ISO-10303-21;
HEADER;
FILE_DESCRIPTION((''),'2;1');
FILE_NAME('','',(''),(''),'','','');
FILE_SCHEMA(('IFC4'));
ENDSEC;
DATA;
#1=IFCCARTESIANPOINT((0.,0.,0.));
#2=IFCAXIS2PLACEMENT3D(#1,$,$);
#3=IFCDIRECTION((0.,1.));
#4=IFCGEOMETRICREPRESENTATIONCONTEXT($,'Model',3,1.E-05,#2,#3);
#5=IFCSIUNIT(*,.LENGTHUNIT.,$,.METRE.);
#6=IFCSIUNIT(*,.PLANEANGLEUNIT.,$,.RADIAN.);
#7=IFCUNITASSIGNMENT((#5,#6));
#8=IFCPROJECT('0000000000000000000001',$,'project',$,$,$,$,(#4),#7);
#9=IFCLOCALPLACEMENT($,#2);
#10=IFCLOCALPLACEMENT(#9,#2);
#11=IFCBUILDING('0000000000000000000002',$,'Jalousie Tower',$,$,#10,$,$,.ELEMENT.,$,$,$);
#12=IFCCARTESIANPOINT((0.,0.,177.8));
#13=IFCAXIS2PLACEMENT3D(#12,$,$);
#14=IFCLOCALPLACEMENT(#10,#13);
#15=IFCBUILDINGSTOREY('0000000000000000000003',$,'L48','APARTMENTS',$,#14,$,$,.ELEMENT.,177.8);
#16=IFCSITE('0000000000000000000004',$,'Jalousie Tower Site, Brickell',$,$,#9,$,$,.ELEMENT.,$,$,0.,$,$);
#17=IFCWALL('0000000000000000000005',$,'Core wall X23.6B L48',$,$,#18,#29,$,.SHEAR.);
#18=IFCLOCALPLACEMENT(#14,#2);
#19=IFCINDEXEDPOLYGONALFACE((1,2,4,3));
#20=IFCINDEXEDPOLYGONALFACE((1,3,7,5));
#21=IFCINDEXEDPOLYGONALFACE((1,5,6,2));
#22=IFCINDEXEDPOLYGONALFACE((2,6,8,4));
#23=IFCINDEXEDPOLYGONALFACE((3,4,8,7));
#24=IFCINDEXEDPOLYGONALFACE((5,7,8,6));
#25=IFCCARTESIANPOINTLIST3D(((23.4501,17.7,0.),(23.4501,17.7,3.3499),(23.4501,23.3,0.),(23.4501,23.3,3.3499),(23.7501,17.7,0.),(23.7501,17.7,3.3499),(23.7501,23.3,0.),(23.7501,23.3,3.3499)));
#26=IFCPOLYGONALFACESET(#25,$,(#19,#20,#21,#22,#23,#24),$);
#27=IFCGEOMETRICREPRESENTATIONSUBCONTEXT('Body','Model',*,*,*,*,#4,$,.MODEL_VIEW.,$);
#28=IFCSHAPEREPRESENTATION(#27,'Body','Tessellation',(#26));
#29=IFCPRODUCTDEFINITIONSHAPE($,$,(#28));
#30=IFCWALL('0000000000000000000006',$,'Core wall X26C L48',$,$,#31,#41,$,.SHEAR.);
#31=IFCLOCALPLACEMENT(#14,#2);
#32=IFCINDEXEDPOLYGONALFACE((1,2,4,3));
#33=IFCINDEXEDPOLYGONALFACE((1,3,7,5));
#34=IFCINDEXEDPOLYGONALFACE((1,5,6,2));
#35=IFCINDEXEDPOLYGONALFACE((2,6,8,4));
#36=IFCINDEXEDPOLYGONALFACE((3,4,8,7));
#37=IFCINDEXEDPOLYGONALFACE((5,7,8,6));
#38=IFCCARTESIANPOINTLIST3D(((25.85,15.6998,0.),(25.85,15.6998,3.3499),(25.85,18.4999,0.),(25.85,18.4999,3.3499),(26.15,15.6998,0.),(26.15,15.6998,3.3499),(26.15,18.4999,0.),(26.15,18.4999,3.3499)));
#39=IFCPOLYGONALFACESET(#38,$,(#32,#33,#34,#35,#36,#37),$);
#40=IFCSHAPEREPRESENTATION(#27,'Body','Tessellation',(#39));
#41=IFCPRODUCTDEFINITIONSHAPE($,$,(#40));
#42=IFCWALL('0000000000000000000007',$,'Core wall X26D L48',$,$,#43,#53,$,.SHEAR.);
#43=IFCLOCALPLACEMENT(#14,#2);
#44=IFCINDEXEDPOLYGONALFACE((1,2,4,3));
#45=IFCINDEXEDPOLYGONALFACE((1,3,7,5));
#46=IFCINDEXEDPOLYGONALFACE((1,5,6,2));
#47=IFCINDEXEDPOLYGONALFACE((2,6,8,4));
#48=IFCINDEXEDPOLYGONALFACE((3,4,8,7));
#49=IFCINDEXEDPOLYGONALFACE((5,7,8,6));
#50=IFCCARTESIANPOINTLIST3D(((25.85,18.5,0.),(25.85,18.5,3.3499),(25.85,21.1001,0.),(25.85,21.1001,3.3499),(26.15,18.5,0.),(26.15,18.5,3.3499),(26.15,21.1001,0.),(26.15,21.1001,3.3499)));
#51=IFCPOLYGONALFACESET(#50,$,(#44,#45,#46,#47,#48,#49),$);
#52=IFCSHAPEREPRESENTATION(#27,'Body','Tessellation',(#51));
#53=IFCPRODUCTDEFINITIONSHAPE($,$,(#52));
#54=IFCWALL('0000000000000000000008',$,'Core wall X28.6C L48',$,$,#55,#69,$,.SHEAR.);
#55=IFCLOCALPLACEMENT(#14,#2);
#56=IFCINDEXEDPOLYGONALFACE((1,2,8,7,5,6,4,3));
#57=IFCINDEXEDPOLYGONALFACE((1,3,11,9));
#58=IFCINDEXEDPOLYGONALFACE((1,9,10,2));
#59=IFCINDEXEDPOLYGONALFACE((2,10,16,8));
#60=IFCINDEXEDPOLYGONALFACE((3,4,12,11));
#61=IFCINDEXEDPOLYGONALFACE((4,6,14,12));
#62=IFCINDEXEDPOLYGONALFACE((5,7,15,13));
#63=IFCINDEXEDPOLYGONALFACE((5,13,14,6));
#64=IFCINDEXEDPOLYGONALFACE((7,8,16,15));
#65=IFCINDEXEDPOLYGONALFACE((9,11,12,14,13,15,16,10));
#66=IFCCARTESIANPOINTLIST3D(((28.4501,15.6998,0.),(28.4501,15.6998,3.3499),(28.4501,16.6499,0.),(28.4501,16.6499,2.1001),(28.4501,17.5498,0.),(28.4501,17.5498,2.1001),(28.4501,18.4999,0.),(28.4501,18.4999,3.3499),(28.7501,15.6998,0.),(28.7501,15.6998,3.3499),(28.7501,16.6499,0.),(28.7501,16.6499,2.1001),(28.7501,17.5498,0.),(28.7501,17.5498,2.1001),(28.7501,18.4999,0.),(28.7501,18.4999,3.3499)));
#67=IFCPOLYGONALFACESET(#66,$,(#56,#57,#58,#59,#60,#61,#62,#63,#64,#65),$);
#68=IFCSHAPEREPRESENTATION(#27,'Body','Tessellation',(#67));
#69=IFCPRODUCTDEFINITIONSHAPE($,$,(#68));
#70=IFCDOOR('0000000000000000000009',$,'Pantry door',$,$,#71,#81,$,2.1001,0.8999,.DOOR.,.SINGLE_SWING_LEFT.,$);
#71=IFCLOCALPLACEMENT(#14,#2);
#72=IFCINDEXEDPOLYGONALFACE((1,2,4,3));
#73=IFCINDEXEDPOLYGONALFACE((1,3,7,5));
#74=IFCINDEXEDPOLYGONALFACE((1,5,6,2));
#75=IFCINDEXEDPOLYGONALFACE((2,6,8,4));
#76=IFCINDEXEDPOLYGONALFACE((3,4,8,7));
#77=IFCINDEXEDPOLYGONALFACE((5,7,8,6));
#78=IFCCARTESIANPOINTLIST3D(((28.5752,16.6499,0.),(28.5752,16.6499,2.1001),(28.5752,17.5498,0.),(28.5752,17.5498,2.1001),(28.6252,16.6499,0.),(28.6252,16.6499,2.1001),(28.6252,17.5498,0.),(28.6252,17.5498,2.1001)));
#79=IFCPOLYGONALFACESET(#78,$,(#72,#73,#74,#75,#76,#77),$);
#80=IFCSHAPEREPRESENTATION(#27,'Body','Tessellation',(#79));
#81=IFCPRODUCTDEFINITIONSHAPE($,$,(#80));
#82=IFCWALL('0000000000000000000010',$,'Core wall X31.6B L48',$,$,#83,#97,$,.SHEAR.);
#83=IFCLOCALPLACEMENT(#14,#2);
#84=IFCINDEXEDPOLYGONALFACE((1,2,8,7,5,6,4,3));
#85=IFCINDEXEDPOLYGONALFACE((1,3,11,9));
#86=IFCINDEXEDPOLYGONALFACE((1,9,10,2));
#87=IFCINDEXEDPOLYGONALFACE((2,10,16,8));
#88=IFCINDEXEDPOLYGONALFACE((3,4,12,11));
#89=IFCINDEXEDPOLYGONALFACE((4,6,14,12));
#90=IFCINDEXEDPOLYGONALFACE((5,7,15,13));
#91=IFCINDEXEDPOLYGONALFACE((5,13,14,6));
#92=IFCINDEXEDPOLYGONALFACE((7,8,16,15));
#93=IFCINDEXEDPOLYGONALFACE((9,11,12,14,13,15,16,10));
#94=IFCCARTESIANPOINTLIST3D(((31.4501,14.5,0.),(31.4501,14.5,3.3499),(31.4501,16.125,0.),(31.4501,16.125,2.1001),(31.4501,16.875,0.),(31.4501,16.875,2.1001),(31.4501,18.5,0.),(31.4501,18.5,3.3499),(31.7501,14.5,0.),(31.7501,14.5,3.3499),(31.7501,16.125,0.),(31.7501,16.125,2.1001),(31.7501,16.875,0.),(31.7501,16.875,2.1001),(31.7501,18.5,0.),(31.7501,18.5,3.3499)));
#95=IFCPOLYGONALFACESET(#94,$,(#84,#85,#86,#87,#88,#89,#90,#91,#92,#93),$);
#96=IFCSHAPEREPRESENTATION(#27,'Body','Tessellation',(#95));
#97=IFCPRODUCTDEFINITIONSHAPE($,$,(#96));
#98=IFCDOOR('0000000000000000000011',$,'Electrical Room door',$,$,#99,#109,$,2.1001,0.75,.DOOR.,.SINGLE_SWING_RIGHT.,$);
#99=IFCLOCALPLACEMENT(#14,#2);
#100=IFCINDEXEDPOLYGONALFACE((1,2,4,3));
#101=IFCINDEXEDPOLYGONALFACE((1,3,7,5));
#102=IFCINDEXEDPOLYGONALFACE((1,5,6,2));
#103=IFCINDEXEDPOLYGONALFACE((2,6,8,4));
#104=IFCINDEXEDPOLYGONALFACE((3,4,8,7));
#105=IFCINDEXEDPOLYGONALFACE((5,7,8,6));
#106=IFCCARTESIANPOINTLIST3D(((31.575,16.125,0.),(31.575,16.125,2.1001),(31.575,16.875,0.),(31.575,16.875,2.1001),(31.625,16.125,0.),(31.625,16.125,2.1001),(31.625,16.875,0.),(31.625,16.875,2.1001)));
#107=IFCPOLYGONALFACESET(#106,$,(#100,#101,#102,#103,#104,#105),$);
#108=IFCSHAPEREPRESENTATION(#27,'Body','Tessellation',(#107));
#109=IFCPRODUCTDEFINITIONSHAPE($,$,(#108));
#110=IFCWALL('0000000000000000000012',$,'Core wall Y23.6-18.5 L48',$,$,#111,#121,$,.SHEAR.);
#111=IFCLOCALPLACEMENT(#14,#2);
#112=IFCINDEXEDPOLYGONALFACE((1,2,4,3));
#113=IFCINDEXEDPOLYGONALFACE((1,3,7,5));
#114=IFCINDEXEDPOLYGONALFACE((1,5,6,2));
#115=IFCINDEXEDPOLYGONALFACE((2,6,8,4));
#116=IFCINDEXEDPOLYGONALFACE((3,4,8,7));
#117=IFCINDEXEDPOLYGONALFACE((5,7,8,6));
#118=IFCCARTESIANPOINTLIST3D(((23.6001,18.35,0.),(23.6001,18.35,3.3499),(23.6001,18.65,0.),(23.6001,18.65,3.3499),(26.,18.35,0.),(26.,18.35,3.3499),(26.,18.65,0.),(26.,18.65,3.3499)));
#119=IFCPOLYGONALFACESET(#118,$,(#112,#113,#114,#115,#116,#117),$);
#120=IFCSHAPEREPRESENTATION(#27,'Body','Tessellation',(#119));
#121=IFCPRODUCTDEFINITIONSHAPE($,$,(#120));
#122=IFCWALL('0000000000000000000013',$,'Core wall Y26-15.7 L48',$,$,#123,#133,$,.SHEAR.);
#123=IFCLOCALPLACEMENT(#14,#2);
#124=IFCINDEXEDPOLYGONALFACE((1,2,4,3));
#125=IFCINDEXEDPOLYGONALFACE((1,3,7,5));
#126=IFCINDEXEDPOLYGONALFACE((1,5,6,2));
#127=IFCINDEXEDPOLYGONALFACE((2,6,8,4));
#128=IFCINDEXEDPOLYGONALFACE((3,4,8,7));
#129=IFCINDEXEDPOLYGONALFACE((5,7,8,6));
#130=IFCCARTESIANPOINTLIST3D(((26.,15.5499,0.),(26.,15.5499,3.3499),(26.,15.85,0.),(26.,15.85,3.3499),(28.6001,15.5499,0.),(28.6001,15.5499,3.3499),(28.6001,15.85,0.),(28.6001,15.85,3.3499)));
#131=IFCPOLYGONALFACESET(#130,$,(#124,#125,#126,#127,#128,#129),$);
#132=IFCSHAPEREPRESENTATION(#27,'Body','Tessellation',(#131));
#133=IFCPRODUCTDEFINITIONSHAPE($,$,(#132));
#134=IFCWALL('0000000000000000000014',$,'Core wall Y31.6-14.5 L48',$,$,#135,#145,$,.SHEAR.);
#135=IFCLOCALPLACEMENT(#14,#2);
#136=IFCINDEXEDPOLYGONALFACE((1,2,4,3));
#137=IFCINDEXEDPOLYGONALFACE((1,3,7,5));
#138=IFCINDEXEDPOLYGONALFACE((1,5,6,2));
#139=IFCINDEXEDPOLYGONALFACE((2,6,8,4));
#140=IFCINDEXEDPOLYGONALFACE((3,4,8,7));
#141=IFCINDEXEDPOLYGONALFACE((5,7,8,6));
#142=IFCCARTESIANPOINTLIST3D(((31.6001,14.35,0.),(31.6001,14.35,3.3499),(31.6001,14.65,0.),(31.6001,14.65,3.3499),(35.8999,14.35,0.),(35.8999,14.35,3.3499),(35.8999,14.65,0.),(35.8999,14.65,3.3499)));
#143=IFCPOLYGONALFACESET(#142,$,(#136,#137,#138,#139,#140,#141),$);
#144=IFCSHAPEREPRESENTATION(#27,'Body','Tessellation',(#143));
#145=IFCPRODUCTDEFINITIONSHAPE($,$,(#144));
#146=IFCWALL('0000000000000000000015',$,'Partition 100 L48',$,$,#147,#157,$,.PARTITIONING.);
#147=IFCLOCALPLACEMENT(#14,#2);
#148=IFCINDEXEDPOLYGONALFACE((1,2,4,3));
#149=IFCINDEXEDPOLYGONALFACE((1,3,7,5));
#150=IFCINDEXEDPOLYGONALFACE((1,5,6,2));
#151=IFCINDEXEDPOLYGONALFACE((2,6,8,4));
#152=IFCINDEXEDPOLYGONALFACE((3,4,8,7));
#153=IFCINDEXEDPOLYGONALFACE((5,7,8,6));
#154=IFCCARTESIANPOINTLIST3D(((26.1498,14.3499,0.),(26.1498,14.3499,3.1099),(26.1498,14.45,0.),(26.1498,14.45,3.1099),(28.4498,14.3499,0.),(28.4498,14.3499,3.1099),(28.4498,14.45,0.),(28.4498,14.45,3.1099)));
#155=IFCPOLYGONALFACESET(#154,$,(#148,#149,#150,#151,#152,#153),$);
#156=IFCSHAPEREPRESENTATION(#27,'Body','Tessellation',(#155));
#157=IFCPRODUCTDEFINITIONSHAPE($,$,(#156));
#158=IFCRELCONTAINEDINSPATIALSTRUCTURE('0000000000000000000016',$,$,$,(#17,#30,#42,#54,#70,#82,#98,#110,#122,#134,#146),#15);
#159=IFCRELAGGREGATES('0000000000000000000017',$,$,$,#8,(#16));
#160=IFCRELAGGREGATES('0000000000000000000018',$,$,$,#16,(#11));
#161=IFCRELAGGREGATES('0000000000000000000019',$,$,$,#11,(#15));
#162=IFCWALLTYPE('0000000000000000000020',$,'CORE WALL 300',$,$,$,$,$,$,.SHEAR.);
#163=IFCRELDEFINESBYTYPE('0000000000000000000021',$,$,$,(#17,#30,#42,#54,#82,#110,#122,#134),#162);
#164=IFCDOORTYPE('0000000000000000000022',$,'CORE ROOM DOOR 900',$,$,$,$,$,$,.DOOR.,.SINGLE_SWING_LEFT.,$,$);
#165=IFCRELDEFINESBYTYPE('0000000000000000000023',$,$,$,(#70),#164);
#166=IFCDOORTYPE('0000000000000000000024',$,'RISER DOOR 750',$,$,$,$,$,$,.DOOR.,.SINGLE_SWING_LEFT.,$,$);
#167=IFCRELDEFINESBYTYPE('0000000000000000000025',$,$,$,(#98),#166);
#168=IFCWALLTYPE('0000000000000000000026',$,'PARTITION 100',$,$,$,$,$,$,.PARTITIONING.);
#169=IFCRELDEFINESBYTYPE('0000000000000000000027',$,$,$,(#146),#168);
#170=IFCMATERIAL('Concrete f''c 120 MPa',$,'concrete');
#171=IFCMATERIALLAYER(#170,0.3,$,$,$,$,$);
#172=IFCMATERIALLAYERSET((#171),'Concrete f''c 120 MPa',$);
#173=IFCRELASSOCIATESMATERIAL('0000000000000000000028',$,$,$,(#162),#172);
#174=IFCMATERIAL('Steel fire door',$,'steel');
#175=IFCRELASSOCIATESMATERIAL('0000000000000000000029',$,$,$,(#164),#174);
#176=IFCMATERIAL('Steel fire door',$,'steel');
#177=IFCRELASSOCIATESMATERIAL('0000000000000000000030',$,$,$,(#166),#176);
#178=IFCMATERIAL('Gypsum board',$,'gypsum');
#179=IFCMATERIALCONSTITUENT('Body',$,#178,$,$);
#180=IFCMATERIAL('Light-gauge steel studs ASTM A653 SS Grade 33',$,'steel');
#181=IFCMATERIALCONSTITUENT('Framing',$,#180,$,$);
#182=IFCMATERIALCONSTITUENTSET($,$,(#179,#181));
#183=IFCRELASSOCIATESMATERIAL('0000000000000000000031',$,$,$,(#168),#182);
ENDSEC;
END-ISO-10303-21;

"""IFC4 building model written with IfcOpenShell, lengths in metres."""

from ifc_helpers import new_model, si_unit, direction, frame, frame_2d, origin, place, context, subcontext, project, spatial, rectangle, extrude, material, layer, layer_set, constituent, constituent_set, type_object, element, fill, save


model = new_model("IFC4")

# Units and contexts
model_context = context("Model", 3, precision=1e-05, world=origin(), true_north=direction((0.0, 1.0)))
body_context = subcontext(model_context, "Body", "Model", "MODEL_VIEW")
ifc_project = project(units=[si_unit("LENGTHUNIT", "METRE"), si_unit("PLANEANGLEUNIT", "RADIAN")], contexts=[model_context])

# Site, building, storey
site_placement = place(None, origin())
site = spatial("IfcSite", under=ifc_project, at=site_placement, Name="Jalousie Tower Site, Brickell", CompositionType="ELEMENT", RefElevation=0.0)
building_placement = place(site_placement, origin())
building = spatial("IfcBuilding", under=site, at=building_placement, Name="Jalousie Tower", CompositionType="ELEMENT")
storey_placement = place(building_placement, frame((0.0, 0.0, 177.8)))
storey = spatial("IfcBuildingStorey", under=building, at=storey_placement, Name="L48", Description="APARTMENTS", CompositionType="ELEMENT", Elevation=177.8)

# Walls
ifc_material_1 = material(Name="Concrete f'c 120 MPa", Category="concrete")
ifc_layer = layer(ifc_material_1, 0.3)
ifc_layer_set = layer_set([ifc_layer], Name="Concrete f'c 120 MPa")
wall_type_1 = type_object("IfcWallType", Name="CORE WALL 300", PredefinedType="SHEAR", material=ifc_layer_set)
wall_1_placement = place(storey_placement, frame((23.6001, 17.7, 0.0), z_axis=(0.0, 0.0, 1.0), x_axis=(0.0, 1.0, 0.0)))
element("IfcWall", 1, at=wall_1_placement, inside=storey, type_object=wall_type_1, Name="Core wall X23.6B L48", PredefinedType="SHEAR", context=body_context, shape_type="SweptSolid", body=[
    extrude(rectangle(XDim=5.6001, YDim=0.3, at=frame_2d((2.8, 0.0))), origin(), (0.0, 0.0, 1.0), 3.3499),
])
wall_2_placement = place(storey_placement, frame((26.0, 15.7, 0.0), z_axis=(0.0, 0.0, 1.0), x_axis=(0.0, 1.0, 0.0)))
element("IfcWall", 2, at=wall_2_placement, inside=storey, type_object=wall_type_1, Name="Core wall X26C L48", PredefinedType="SHEAR", context=body_context, shape_type="SweptSolid", body=[
    extrude(rectangle(XDim=2.8, YDim=0.3, at=frame_2d((1.3999, 0.0))), origin(), (0.0, 0.0, 1.0), 3.3499),
])
wall_3_placement = place(storey_placement, frame((26.0, 18.5, 0.0), z_axis=(0.0, 0.0, 1.0), x_axis=(0.0, 1.0, 0.0)))
element("IfcWall", 3, at=wall_3_placement, inside=storey, type_object=wall_type_1, Name="Core wall X26D L48", PredefinedType="SHEAR", context=body_context, shape_type="SweptSolid", body=[
    extrude(rectangle(XDim=2.6001, YDim=0.3, at=frame_2d((1.3, 0.0))), origin(), (0.0, 0.0, 1.0), 3.3499),
])

# Walls, openings, doors
wall_4_placement = place(storey_placement, frame((28.6001, 15.7, 0.0), z_axis=(0.0, 0.0, 1.0), x_axis=(0.0, 1.0, 0.0)))
wall_4 = element("IfcWall", 4, at=wall_4_placement, inside=storey, type_object=wall_type_1, Name="Core wall X28.6C L48", PredefinedType="SHEAR", context=body_context, shape_type="SweptSolid", body=[
    extrude(rectangle(XDim=2.8, YDim=0.3, at=frame_2d((1.3999, 0.0))), origin(), (0.0, 0.0, 1.0), 3.3499),
])
opening_1_placement = place(wall_4_placement, frame((0.95, 0.0, 0.0)))
opening_1 = element("IfcOpeningElement", 5, at=opening_1_placement, cuts=wall_4, PredefinedType="OPENING", context=body_context, shape_type="SweptSolid", body=[
    extrude(rectangle(XDim=0.8999, YDim=2.1001, at=frame_2d((0.45, 1.05))), frame((0.0, 0.1599, 0.0), z_axis=(0.0, -1.0, 0.0), x_axis=(1.0, 0.0, 0.0)), (0.0, 0.0, 1.0), 0.3201),
])
ifc_material_2 = material(Name="Steel fire door", Category="steel")
door_type_1 = type_object("IfcDoorType", Name="CORE ROOM DOOR 900", OperationType="SINGLE_SWING_LEFT", PredefinedType="DOOR", material=ifc_material_2)
door_1_placement = place(opening_1_placement, origin())
door_1 = element("IfcDoor", 6, at=door_1_placement, inside=storey, type_object=door_type_1, Name="Pantry door", OperationType="SINGLE_SWING_LEFT", OverallHeight=2.1001, OverallWidth=0.8999, PredefinedType="DOOR", context=body_context, shape_type="SweptSolid", body=[
    extrude(rectangle(XDim=0.8999, YDim=2.1001, at=frame_2d((0.45, 1.05))), frame((0.0, 0.0249, 0.0), z_axis=(0.0, -1.0, 0.0), x_axis=(1.0, 0.0, 0.0)), (0.0, 0.0, 1.0), 0.05),
])
fill(opening_1, door_1)
wall_5_placement = place(storey_placement, frame((31.6001, 14.5, 0.0), z_axis=(0.0, 0.0, 1.0), x_axis=(0.0, 1.0, 0.0)))
wall_5 = element("IfcWall", 7, at=wall_5_placement, inside=storey, type_object=wall_type_1, Name="Core wall X31.6B L48", PredefinedType="SHEAR", context=body_context, shape_type="SweptSolid", body=[
    extrude(rectangle(XDim=4.0, YDim=0.3, at=frame_2d((2.0, 0.0))), origin(), (0.0, 0.0, 1.0), 3.3499),
])
opening_2_placement = place(wall_5_placement, frame((1.625, 0.0, 0.0)))
opening_2 = element("IfcOpeningElement", 8, at=opening_2_placement, cuts=wall_5, PredefinedType="OPENING", context=body_context, shape_type="SweptSolid", body=[
    extrude(rectangle(XDim=0.75, YDim=2.1001, at=frame_2d((0.375, 1.05))), frame((0.0, 0.1599, 0.0), z_axis=(0.0, -1.0, 0.0), x_axis=(1.0, 0.0, 0.0)), (0.0, 0.0, 1.0), 0.3201),
])
ifc_material_3 = material(Name="Steel fire door", Category="steel")
door_type_2 = type_object("IfcDoorType", Name="RISER DOOR 750", OperationType="SINGLE_SWING_LEFT", PredefinedType="DOOR", material=ifc_material_3)
door_2_placement = place(opening_2_placement, frame((0.75, 0.0, 0.0), z_axis=(0.0, 0.0, 1.0), x_axis=(-1.0, 0.0, 0.0)))
door_2 = element("IfcDoor", 9, at=door_2_placement, inside=storey, type_object=door_type_2, Name="Electrical Room door", OperationType="SINGLE_SWING_RIGHT", OverallHeight=2.1001, OverallWidth=0.75, PredefinedType="DOOR", context=body_context, shape_type="SweptSolid", body=[
    extrude(rectangle(XDim=0.75, YDim=2.1001, at=frame_2d((0.375, 1.05))), frame((0.0, 0.0249, 0.0), z_axis=(0.0, -1.0, 0.0), x_axis=(1.0, 0.0, 0.0)), (0.0, 0.0, 1.0), 0.05),
])
fill(opening_2, door_2)

# Walls
wall_6_placement = place(storey_placement, frame((23.6001, 18.5, 0.0), z_axis=(0.0, 0.0, 1.0), x_axis=(1.0, 0.0, 0.0)))
element("IfcWall", 10, at=wall_6_placement, inside=storey, type_object=wall_type_1, Name="Core wall Y23.6-18.5 L48", PredefinedType="SHEAR", context=body_context, shape_type="SweptSolid", body=[
    extrude(rectangle(XDim=2.3999, YDim=0.3, at=frame_2d((1.2, 0.0))), origin(), (0.0, 0.0, 1.0), 3.3499),
])
wall_7_placement = place(storey_placement, frame((26.0, 15.7, 0.0), z_axis=(0.0, 0.0, 1.0), x_axis=(1.0, 0.0, 0.0)))
element("IfcWall", 11, at=wall_7_placement, inside=storey, type_object=wall_type_1, Name="Core wall Y26-15.7 L48", PredefinedType="SHEAR", context=body_context, shape_type="SweptSolid", body=[
    extrude(rectangle(XDim=2.6001, YDim=0.3, at=frame_2d((1.3, 0.0))), origin(), (0.0, 0.0, 1.0), 3.3499),
])
wall_8_placement = place(storey_placement, frame((31.6001, 14.5, 0.0), z_axis=(0.0, 0.0, 1.0), x_axis=(1.0, 0.0, 0.0)))
element("IfcWall", 12, at=wall_8_placement, inside=storey, type_object=wall_type_1, Name="Core wall Y31.6-14.5 L48", PredefinedType="SHEAR", context=body_context, shape_type="SweptSolid", body=[
    extrude(rectangle(XDim=4.2998, YDim=0.3, at=frame_2d((2.1499, 0.0))), origin(), (0.0, 0.0, 1.0), 3.3499),
])
ifc_material_4 = material(Name="Gypsum board", Category="gypsum")
ifc_constituent_1 = constituent(ifc_material_4, Name="Body")
ifc_material_5 = material(Name="Light-gauge steel studs ASTM A653 SS Grade 33", Category="steel")
ifc_constituent_2 = constituent(ifc_material_5, Name="Framing")
ifc_constituent_set_1 = constituent_set(constituents=[ifc_constituent_1, ifc_constituent_2])
wall_type_2 = type_object("IfcWallType", Name="PARTITION 100", PredefinedType="PARTITIONING", material=ifc_constituent_set_1)
wall_9_placement = place(storey_placement, frame((26.1499, 14.3999, 0.0), z_axis=(0.0, 0.0, 1.0), x_axis=(1.0, 0.0, 0.0)))
element("IfcWall", 13, at=wall_9_placement, inside=storey, type_object=wall_type_2, Name="Partition 100 L48", PredefinedType="PARTITIONING", context=body_context, shape_type="SweptSolid", body=[
    extrude(rectangle(XDim=2.3, YDim=0.1001, at=frame_2d((1.1499, 0.0))), origin(), (0.0, 0.0, 1.0), 3.1099),
])

save(model, "model.ifc")
